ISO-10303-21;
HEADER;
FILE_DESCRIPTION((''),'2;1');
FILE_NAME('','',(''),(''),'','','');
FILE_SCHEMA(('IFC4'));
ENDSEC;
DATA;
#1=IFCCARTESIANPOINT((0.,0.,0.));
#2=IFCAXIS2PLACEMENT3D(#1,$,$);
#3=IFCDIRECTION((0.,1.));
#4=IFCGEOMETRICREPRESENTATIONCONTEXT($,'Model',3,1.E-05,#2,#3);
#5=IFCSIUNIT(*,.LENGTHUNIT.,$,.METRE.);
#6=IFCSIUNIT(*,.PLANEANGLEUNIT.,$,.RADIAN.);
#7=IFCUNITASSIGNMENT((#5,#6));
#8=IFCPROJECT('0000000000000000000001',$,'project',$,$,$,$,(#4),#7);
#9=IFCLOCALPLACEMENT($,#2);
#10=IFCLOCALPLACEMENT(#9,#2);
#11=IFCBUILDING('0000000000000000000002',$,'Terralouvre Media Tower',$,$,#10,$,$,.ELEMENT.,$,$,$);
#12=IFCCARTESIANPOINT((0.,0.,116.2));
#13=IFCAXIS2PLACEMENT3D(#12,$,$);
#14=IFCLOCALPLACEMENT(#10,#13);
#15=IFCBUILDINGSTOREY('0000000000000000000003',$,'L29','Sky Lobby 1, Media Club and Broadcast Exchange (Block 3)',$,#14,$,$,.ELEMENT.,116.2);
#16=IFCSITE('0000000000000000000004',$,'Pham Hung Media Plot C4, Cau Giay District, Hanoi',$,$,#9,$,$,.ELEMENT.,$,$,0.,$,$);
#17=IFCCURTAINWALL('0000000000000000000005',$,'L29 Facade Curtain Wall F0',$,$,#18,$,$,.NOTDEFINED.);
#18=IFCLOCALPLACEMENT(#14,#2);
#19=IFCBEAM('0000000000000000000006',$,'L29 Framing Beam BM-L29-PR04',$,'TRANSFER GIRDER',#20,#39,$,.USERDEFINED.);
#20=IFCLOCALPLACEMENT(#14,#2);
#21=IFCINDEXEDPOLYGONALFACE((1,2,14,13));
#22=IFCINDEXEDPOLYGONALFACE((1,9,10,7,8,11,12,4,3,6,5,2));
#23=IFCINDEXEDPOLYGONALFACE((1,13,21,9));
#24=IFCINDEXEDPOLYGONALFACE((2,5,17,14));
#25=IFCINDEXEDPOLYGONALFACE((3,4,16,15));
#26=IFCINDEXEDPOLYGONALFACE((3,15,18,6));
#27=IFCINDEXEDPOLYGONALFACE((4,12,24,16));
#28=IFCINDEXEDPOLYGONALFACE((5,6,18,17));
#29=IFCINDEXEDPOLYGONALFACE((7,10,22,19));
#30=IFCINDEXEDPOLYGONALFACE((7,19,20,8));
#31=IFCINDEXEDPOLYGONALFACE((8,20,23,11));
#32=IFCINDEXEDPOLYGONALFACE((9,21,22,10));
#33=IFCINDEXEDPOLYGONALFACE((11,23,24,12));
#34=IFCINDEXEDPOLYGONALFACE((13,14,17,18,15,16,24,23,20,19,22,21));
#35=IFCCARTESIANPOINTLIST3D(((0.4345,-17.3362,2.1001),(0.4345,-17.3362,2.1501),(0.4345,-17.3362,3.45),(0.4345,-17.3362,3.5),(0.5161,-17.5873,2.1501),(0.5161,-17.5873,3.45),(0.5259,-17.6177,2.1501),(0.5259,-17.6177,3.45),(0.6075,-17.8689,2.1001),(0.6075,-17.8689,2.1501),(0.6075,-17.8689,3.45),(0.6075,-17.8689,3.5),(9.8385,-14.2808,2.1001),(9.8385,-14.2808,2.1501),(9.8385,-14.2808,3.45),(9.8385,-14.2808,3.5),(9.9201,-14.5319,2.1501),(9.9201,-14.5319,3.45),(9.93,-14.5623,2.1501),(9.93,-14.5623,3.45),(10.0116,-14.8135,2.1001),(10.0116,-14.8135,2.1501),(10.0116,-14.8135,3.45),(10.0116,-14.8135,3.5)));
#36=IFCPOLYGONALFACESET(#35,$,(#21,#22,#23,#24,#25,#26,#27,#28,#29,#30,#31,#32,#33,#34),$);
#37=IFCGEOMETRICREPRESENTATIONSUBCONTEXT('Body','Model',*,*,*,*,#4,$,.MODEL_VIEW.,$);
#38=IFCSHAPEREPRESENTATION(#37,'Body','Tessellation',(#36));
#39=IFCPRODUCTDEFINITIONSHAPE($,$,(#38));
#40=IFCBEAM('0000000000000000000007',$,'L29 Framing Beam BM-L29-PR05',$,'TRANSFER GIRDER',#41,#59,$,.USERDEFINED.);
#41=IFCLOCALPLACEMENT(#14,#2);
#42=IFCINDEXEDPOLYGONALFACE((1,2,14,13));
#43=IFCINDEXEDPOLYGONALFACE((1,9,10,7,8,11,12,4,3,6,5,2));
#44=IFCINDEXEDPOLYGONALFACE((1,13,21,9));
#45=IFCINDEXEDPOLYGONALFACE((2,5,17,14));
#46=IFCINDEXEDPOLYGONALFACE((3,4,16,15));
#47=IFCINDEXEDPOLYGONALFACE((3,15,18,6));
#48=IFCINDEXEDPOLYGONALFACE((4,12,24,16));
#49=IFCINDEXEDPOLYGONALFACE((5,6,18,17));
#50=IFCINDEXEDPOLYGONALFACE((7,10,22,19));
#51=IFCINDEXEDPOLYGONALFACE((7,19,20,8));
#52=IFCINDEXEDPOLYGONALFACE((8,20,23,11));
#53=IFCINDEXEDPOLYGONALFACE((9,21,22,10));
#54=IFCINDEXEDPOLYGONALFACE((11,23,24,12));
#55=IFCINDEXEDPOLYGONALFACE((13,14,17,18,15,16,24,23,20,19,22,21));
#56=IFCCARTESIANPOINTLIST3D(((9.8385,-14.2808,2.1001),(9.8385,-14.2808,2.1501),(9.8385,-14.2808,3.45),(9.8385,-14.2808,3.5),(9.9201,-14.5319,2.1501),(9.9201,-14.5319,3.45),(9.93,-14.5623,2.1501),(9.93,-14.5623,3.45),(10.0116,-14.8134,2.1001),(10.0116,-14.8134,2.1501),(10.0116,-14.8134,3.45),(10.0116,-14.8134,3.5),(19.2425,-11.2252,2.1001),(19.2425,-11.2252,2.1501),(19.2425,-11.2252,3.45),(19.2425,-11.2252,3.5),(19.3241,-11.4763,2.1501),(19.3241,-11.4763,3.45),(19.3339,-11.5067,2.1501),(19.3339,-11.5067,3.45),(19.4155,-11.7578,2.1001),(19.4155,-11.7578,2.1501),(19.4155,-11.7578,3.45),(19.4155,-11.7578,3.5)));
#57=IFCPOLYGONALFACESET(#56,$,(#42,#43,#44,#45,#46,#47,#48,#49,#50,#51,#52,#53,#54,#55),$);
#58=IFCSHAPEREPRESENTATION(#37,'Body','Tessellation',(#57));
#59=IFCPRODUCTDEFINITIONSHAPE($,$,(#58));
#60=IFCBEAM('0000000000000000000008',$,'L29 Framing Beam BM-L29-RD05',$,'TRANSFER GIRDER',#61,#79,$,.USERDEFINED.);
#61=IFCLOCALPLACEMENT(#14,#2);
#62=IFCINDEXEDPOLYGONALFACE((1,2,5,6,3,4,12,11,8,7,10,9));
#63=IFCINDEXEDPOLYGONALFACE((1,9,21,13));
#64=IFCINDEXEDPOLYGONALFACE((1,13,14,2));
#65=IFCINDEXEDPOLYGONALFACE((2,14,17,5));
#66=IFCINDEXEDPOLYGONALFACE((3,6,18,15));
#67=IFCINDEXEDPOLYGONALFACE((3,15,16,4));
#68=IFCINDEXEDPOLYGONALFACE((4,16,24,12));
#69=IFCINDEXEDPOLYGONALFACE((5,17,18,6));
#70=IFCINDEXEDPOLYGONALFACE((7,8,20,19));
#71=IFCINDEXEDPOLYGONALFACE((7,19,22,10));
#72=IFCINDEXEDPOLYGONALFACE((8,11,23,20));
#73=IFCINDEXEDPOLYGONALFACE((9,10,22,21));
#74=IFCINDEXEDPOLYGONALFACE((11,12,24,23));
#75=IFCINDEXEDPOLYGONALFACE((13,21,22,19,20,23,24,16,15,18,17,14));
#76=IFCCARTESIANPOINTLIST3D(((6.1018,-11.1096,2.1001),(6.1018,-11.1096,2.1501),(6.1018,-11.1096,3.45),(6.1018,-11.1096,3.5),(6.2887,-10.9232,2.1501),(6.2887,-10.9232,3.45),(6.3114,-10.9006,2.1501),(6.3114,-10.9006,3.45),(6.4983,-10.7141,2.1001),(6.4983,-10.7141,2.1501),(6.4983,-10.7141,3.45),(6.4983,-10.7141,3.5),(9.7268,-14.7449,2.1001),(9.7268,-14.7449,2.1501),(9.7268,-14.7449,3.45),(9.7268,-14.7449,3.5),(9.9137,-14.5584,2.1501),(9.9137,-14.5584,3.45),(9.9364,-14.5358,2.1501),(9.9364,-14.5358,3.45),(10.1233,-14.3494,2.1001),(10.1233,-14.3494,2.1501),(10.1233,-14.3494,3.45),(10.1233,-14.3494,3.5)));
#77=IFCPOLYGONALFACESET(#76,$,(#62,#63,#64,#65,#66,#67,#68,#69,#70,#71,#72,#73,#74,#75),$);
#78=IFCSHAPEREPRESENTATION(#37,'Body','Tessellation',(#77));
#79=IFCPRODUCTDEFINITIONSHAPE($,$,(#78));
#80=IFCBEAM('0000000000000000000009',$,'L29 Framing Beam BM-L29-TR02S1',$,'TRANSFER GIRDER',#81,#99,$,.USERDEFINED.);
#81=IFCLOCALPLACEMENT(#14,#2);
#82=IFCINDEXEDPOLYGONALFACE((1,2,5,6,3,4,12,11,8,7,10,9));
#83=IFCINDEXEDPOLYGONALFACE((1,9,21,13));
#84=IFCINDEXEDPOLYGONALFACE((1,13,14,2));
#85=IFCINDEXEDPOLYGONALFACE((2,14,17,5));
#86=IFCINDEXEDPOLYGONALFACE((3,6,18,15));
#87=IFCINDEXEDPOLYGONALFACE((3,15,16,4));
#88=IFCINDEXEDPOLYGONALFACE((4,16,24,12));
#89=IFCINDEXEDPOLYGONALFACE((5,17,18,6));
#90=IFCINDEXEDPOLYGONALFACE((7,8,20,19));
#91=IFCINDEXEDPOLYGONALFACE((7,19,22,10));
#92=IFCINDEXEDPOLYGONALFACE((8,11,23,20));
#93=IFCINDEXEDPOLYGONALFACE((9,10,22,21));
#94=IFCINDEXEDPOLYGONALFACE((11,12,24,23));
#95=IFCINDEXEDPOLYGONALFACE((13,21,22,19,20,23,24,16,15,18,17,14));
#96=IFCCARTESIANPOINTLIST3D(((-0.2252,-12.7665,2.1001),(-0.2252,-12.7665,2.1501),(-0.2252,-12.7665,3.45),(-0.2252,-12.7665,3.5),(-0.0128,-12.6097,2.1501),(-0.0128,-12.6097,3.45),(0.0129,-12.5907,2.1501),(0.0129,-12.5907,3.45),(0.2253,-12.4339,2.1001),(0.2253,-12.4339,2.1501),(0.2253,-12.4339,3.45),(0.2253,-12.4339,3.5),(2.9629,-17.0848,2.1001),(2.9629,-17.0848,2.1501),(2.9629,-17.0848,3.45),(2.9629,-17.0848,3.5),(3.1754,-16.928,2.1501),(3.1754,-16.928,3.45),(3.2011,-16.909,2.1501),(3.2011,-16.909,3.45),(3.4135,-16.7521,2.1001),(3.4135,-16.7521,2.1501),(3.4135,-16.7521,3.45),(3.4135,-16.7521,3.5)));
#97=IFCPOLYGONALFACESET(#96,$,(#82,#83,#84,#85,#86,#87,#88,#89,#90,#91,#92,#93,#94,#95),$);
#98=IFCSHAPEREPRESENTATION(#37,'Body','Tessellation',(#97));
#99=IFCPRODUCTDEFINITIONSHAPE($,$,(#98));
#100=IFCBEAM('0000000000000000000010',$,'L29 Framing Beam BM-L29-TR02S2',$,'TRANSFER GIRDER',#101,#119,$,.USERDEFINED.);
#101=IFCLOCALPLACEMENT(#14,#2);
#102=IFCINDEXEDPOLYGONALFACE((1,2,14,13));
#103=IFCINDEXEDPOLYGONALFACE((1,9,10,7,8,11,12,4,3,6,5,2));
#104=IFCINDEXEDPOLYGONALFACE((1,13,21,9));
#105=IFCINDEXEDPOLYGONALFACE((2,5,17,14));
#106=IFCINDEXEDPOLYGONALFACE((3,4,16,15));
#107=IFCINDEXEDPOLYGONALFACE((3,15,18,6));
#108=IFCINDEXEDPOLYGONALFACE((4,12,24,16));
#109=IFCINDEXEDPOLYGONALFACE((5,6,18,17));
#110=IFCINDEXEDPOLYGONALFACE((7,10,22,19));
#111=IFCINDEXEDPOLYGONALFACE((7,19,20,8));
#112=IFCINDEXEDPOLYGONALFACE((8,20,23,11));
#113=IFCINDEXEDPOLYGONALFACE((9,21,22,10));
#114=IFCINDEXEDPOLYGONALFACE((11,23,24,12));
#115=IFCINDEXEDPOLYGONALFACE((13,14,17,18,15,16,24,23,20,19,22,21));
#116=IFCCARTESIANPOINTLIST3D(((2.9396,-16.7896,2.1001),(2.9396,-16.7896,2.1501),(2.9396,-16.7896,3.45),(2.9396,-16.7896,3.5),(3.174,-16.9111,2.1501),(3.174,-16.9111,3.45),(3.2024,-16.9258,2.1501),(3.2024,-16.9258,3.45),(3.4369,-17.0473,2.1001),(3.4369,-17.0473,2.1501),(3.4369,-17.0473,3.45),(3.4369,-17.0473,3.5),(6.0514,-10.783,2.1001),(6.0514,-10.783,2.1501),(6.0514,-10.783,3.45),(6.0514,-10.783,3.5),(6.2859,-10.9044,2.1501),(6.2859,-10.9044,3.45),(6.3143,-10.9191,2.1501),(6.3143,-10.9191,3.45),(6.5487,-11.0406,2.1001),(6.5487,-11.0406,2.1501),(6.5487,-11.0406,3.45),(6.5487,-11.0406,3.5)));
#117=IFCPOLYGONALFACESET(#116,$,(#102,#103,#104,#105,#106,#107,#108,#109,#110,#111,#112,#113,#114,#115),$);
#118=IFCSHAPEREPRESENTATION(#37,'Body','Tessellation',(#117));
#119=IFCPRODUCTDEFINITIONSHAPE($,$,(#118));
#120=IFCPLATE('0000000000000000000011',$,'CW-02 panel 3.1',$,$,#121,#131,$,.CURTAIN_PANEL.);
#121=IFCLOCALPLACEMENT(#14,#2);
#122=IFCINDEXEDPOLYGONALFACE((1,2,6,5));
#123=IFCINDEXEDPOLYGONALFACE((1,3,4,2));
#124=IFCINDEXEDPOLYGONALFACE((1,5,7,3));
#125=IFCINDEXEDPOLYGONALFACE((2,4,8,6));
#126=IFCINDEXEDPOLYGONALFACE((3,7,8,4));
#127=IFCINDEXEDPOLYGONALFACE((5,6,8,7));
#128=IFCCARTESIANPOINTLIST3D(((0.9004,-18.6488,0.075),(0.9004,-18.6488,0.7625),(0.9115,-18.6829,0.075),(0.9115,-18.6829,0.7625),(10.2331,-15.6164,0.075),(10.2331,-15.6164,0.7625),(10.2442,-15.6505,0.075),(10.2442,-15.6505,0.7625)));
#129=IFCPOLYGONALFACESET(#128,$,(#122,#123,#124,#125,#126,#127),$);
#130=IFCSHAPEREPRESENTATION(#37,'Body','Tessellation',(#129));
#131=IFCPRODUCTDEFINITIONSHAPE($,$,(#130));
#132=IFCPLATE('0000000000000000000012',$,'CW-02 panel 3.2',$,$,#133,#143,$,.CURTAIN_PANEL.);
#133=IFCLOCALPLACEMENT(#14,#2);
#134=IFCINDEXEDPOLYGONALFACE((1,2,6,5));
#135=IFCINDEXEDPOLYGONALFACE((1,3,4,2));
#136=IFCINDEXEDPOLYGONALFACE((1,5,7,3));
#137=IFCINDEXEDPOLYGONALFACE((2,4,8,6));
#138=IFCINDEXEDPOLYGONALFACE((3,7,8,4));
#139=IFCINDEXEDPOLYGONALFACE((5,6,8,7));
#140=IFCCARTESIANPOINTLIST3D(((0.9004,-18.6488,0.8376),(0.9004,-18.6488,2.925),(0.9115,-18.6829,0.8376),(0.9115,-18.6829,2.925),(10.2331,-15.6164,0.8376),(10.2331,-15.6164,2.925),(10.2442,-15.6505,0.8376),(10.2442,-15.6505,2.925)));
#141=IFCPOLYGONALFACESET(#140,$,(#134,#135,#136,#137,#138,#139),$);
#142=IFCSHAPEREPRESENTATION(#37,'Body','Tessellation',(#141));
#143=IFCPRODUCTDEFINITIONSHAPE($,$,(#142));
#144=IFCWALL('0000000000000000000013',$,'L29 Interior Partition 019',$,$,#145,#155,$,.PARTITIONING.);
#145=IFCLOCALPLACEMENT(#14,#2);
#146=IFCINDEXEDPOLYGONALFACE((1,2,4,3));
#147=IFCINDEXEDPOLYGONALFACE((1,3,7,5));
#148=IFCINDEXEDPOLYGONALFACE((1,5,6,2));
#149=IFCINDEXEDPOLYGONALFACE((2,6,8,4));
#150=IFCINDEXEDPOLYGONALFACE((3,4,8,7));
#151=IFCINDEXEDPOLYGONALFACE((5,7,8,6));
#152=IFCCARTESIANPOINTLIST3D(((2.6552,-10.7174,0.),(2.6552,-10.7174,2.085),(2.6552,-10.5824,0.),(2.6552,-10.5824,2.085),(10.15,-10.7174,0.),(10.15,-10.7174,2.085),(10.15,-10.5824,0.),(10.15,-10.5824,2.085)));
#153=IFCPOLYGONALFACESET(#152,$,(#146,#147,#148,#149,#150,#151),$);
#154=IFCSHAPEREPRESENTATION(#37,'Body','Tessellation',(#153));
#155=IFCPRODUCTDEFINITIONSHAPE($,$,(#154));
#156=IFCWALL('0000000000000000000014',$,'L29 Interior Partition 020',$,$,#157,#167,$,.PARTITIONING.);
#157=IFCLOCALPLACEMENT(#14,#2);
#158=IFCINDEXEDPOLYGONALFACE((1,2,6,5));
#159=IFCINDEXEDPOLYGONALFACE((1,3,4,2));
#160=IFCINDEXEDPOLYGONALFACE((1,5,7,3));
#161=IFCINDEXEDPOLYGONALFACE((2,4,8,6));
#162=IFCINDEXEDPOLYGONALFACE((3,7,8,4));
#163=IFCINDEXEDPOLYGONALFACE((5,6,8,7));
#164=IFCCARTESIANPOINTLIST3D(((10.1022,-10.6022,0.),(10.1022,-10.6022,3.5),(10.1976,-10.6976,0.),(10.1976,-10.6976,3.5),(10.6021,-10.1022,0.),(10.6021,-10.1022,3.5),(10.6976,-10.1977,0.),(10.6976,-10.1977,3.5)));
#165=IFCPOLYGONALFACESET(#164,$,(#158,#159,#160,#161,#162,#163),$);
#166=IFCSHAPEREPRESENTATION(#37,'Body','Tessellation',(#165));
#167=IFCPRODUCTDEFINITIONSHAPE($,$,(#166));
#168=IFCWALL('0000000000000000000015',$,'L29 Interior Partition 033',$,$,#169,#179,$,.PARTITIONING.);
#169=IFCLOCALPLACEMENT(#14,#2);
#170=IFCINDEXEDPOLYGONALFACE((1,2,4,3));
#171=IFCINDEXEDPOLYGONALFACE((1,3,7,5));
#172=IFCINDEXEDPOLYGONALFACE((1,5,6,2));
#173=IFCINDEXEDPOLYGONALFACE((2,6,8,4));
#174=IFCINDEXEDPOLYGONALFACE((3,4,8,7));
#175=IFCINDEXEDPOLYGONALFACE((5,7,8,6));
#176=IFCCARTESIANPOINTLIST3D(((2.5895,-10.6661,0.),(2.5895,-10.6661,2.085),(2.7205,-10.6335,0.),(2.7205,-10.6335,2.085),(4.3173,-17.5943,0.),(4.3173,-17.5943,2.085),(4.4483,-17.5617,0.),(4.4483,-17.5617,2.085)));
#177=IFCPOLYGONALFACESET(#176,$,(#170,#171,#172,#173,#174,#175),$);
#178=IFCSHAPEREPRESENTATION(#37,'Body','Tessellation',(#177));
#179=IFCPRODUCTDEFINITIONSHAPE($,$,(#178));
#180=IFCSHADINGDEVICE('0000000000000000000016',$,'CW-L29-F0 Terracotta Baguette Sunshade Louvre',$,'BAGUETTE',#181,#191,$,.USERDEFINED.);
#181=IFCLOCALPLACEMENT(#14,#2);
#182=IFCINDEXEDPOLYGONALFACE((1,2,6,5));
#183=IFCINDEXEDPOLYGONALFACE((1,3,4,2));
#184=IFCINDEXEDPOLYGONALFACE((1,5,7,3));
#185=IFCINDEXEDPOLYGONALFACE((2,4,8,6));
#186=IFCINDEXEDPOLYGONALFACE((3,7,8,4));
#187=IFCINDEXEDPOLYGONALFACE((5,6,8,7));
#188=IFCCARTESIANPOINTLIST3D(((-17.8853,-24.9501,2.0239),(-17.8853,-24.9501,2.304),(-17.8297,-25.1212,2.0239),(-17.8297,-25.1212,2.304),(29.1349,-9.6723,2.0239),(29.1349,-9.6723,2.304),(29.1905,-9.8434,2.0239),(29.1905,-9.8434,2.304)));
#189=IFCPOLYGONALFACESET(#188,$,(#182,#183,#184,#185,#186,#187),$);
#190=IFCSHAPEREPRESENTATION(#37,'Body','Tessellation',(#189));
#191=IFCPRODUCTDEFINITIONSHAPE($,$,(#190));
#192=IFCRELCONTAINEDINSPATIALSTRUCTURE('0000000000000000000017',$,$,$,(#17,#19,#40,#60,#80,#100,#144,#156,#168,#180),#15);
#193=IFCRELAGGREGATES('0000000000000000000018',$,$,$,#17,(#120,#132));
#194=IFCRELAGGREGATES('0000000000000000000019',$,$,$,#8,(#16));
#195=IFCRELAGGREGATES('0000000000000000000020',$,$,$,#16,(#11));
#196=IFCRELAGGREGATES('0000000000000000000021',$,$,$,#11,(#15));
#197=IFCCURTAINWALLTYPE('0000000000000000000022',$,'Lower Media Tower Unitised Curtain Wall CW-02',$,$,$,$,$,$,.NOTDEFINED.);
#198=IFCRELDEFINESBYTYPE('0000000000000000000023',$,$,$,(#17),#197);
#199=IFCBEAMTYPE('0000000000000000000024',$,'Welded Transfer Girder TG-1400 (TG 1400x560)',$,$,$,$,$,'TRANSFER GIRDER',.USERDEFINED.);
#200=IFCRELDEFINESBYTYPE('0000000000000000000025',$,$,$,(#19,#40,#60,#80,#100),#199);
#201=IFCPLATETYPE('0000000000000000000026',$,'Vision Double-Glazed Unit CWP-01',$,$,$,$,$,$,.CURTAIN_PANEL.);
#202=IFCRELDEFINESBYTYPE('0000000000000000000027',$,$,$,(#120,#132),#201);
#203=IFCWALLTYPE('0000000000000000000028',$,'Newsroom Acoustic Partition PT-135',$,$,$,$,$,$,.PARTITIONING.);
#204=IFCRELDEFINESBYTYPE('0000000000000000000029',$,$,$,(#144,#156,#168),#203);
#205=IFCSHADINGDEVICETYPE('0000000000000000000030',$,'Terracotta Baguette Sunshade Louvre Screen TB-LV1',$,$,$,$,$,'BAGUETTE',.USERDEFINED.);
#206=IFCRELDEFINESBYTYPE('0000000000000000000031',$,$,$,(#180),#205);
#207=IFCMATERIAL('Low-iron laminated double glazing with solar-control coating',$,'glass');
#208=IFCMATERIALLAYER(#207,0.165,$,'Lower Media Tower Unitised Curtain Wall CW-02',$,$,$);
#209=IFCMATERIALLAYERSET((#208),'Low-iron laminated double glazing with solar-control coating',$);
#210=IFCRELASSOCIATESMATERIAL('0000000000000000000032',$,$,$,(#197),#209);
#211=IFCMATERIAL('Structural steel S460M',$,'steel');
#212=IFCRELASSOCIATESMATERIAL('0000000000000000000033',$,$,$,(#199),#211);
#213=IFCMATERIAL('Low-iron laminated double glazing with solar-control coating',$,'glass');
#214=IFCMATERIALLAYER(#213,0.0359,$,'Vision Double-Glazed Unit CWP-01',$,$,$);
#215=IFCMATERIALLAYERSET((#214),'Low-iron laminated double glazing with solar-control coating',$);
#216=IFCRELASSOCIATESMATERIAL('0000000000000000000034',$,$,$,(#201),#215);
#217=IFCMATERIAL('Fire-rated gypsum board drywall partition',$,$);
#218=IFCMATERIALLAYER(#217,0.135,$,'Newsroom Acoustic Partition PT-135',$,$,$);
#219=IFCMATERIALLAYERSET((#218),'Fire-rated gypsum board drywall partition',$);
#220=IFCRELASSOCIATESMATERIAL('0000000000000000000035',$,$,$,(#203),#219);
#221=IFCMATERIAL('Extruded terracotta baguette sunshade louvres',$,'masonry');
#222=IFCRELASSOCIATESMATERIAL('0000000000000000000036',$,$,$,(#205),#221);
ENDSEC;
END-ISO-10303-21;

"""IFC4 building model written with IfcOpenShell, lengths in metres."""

from ifc_helpers import new_model, si_unit, direction, frame, frame_2d, origin, origin_2d, place, context, subcontext, project, spatial, rectangle, i_section, extrude, material, layer, layer_set, material_profile, profile_set, type_object, element, aggregate, save


model = new_model("IFC4")

# Units and contexts
model_context = context("Model", 3, precision=1e-05, world=origin(), true_north=direction((0.0, 1.0)))
body_context = subcontext(model_context, "Body", "Model", "MODEL_VIEW")
ifc_project = project(units=[si_unit("LENGTHUNIT", "METRE"), si_unit("PLANEANGLEUNIT", "RADIAN")], contexts=[model_context])

# Site, building, storey
site_placement = place(None, origin())
site = spatial("IfcSite", under=ifc_project, at=site_placement, Name="Pham Hung Media Plot C4, Cau Giay District, Hanoi", CompositionType="ELEMENT", RefElevation=0.0)
building_placement = place(site_placement, origin())
building = spatial("IfcBuilding", under=site, at=building_placement, Name="Terralouvre Media Tower", CompositionType="ELEMENT")
storey_placement = place(building_placement, frame((0.0, 0.0, 116.2)))
storey = spatial("IfcBuildingStorey", under=building, at=storey_placement, Name="L29", Description="Sky Lobby 1, Media Club and Broadcast Exchange (Block 3)", CompositionType="ELEMENT", Elevation=116.2)

# Curtain wall
ifc_material_1 = material(Name="Low-iron laminated double glazing with solar-control coating", Category="glass")
ifc_layer_1 = layer(ifc_material_1, 0.165, Name="Lower Media Tower Unitised Curtain Wall CW-02")
ifc_layer_set_1 = layer_set([ifc_layer_1], Name="Low-iron laminated double glazing with solar-control coating")
curtain_wall_type = type_object("IfcCurtainWallType", Name="Lower Media Tower Unitised Curtain Wall CW-02", PredefinedType="NOTDEFINED", material=ifc_layer_set_1)
curtain_wall_placement = place(storey_placement, origin())
curtain_wall = element("IfcCurtainWall", 1, at=curtain_wall_placement, inside=storey, type_object=curtain_wall_type, Name="L29 Facade Curtain Wall F0", PredefinedType="NOTDEFINED")

# Beams
ifc_material_2 = material(Name="Structural steel S460M", Category="steel")
ifc_material_profile_1 = material_profile(ifc_material_2, i_section(OverallWidth=0.5601, OverallDepth=1.3999, WebThickness=0.032, FlangeThickness=0.05, at=origin_2d()), Name="TG 1400x560")
ifc_profile_set_1 = profile_set([ifc_material_profile_1], Name="Structural steel S460M")
beam_type_1 = type_object("IfcBeamType", Name="Welded Transfer Girder TG-1400 (TG 1400x560)", ElementType="TRANSFER GIRDER", PredefinedType="USERDEFINED", material=ifc_profile_set_1)
for number, where, z_axis, x_axis, name in (
    (2, (0.521, -17.6025, 2.8), (0.951061, 0.309004, 0.0), (-0.309004, 0.951061, 0.0), "L29 Framing Beam BM-L29-PR04"),
    (3, (9.925, -14.5471, 2.8), (0.951053, 0.309026, 0.0), (-0.309026, 0.951053, 0.0), "L29 Framing Beam BM-L29-PR05"),
):
    element("IfcBeam", number, at=place(storey_placement, frame(where, z_axis=z_axis, x_axis=x_axis)), inside=storey, type_object=beam_type_1, Name=name, ObjectType="TRANSFER GIRDER", PredefinedType="USERDEFINED", context=body_context, shape_type="SweptSolid", body=[
        extrude(i_section(OverallWidth=0.5601, OverallDepth=1.3999, WebThickness=0.032, FlangeThickness=0.05, at=origin_2d()), origin(), (0.0, 0.0, 1.0), 9.8879),
    ])
beam_1_placement = place(storey_placement, frame((6.3, -10.9119, 2.8), z_axis=(0.706107, -0.708105, 0.0), x_axis=(0.708105, 0.706107, 0.0)))
element("IfcBeam", 4, at=beam_1_placement, inside=storey, type_object=beam_type_1, Name="L29 Framing Beam BM-L29-RD05", ObjectType="TRANSFER GIRDER", PredefinedType="USERDEFINED", context=body_context, shape_type="SweptSolid", body=[
    extrude(i_section(OverallWidth=0.5601, OverallDepth=1.3999, WebThickness=0.032, FlangeThickness=0.05, at=origin_2d()), origin(), (0.0, 0.0, 1.0), 5.1338),
])
beam_2_placement = place(storey_placement, frame((3.1882, -16.9185, 2.8), z_axis=(-0.593957, 0.804496, 0.0), x_axis=(-0.804496, -0.593957, 0.0)))
element("IfcBeam", 5, at=beam_2_placement, inside=storey, type_object=beam_type_1, Name="L29 Framing Beam BM-L29-TR02S1", ObjectType="TRANSFER GIRDER", PredefinedType="USERDEFINED", context=body_context, shape_type="SweptSolid", body=[
    extrude(i_section(OverallWidth=0.5601, OverallDepth=1.3999, WebThickness=0.032, FlangeThickness=0.05, at=origin_2d()), origin(), (0.0, 0.0, 1.0), 5.3677),
])
beam_3_placement = place(storey_placement, frame((3.1882, -16.9185, 2.8), z_axis=(0.460001, 0.887918, 0.0), x_axis=(-0.887918, 0.460001, 0.0)))
element("IfcBeam", 6, at=beam_3_placement, inside=storey, type_object=beam_type_1, Name="L29 Framing Beam BM-L29-TR02S2", ObjectType="TRANSFER GIRDER", PredefinedType="USERDEFINED", context=body_context, shape_type="SweptSolid", body=[
    extrude(i_section(OverallWidth=0.5601, OverallDepth=1.3999, WebThickness=0.032, FlangeThickness=0.05, at=origin_2d()), origin(), (0.0, 0.0, 1.0), 6.7649),
])

# Plates
ifc_material_3 = material(Name="Low-iron laminated double glazing with solar-control coating", Category="glass")
ifc_layer_2 = layer(ifc_material_3, 0.0359, Name="Vision Double-Glazed Unit CWP-01")
ifc_layer_set_2 = layer_set([ifc_layer_2], Name="Low-iron laminated double glazing with solar-control coating")
plate_type = type_object("IfcPlateType", Name="Vision Double-Glazed Unit CWP-01", PredefinedType="CURTAIN_PANEL", material=ifc_layer_set_2)
plate_1_placement = place(storey_placement, frame((5.5723, -17.1497, 0.075), z_axis=(0.0, 0.0, 1.0), x_axis=(0.951057, 0.309017, 0.0)))
plate_1 = element("IfcPlate", 7, at=plate_1_placement, type_object=plate_type, Name="CW-02 panel 3.1", PredefinedType="CURTAIN_PANEL", context=body_context, shape_type="SweptSolid", body=[
    extrude(rectangle(XDim=9.813, YDim=0.0359, at=origin_2d()), origin(), (0.0, 0.0, 1.0), 0.6875),
])
plate_2_placement = place(storey_placement, frame((5.5723, -17.1497, 0.8376), z_axis=(0.0, 0.0, 1.0), x_axis=(0.951057, 0.309017, 0.0)))
plate_2 = element("IfcPlate", 8, at=plate_2_placement, type_object=plate_type, Name="CW-02 panel 3.2", PredefinedType="CURTAIN_PANEL", context=body_context, shape_type="SweptSolid", body=[
    extrude(rectangle(XDim=9.813, YDim=0.0359, at=origin_2d()), origin(), (0.0, 0.0, 1.0), 2.0874),
])
aggregate(curtain_wall, [plate_1, plate_2])

# Walls
ifc_material_4 = material(Name="Fire-rated gypsum board drywall partition")
ifc_layer_3 = layer(ifc_material_4, 0.135, Name="Newsroom Acoustic Partition PT-135")
ifc_layer_set_3 = layer_set([ifc_layer_3], Name="Fire-rated gypsum board drywall partition")
wall_type = type_object("IfcWallType", Name="Newsroom Acoustic Partition PT-135", PredefinedType="PARTITIONING", material=ifc_layer_set_3)
wall_1_placement = place(storey_placement, frame((2.655, -10.6499, 0.0), z_axis=(0.0, 0.0, 1.0), x_axis=(1.0, 0.0, 0.0)))
element("IfcWall", 9, at=wall_1_placement, inside=storey, type_object=wall_type, Name="L29 Interior Partition 019", PredefinedType="PARTITIONING", context=body_context, shape_type="SweptSolid", body=[
    extrude(rectangle(XDim=7.4949, YDim=0.135, at=frame_2d((3.7476, 0.0))), origin(), (0.0, 0.0, 1.0), 2.085),
])
wall_2_placement = place(storey_placement, frame((10.1499, -10.6499, 0.0), z_axis=(0.0, 0.0, 1.0), x_axis=(0.707107, 0.707107, 0.0)))
element("IfcWall", 10, at=wall_2_placement, inside=storey, type_object=wall_type, Name="L29 Interior Partition 020", PredefinedType="PARTITIONING", context=body_context, shape_type="SweptSolid", body=[
    extrude(rectangle(XDim=0.707, YDim=0.135, at=frame_2d((0.3535, 0.0))), origin(), (0.0, 0.0, 1.0), 3.5),
])
wall_3_placement = place(storey_placement, frame((4.3828, -17.5781, 0.0), z_axis=(0.0, 0.0, 1.0), x_axis=(-0.241972, 0.970283, 0.0)))
element("IfcWall", 11, at=wall_3_placement, inside=storey, type_object=wall_type, Name="L29 Interior Partition 033", PredefinedType="PARTITIONING", context=body_context, shape_type="SweptSolid", body=[
    extrude(rectangle(XDim=7.1404, YDim=0.135, at=frame_2d((3.5703, 0.0))), origin(), (0.0, 0.0, 1.0), 2.085),
])

# Shading device
ifc_material_5 = material(Name="Extruded terracotta baguette sunshade louvres", Category="masonry")
shading_device_type = type_object("IfcShadingDeviceType", Name="Terracotta Baguette Sunshade Louvre Screen TB-LV1", ElementType="BAGUETTE", PredefinedType="USERDEFINED", material=ifc_material_5)
shading_device_placement = place(storey_placement, frame((5.6526, -17.3967, 2.0239), z_axis=(0.0, 0.0, 1.0), x_axis=(0.951057, 0.309017, 0.0)))
element("IfcShadingDevice", 12, at=shading_device_placement, inside=storey, type_object=shading_device_type, Name="CW-L29-F0 Terracotta Baguette Sunshade Louvre", ObjectType="BAGUETTE", PredefinedType="USERDEFINED", context=body_context, shape_type="SweptSolid", body=[
    extrude(rectangle(XDim=49.4399, YDim=0.1799, at=origin_2d()), origin(), (0.0, 0.0, 1.0), 0.28),
])

save(model, "model.ifc")
